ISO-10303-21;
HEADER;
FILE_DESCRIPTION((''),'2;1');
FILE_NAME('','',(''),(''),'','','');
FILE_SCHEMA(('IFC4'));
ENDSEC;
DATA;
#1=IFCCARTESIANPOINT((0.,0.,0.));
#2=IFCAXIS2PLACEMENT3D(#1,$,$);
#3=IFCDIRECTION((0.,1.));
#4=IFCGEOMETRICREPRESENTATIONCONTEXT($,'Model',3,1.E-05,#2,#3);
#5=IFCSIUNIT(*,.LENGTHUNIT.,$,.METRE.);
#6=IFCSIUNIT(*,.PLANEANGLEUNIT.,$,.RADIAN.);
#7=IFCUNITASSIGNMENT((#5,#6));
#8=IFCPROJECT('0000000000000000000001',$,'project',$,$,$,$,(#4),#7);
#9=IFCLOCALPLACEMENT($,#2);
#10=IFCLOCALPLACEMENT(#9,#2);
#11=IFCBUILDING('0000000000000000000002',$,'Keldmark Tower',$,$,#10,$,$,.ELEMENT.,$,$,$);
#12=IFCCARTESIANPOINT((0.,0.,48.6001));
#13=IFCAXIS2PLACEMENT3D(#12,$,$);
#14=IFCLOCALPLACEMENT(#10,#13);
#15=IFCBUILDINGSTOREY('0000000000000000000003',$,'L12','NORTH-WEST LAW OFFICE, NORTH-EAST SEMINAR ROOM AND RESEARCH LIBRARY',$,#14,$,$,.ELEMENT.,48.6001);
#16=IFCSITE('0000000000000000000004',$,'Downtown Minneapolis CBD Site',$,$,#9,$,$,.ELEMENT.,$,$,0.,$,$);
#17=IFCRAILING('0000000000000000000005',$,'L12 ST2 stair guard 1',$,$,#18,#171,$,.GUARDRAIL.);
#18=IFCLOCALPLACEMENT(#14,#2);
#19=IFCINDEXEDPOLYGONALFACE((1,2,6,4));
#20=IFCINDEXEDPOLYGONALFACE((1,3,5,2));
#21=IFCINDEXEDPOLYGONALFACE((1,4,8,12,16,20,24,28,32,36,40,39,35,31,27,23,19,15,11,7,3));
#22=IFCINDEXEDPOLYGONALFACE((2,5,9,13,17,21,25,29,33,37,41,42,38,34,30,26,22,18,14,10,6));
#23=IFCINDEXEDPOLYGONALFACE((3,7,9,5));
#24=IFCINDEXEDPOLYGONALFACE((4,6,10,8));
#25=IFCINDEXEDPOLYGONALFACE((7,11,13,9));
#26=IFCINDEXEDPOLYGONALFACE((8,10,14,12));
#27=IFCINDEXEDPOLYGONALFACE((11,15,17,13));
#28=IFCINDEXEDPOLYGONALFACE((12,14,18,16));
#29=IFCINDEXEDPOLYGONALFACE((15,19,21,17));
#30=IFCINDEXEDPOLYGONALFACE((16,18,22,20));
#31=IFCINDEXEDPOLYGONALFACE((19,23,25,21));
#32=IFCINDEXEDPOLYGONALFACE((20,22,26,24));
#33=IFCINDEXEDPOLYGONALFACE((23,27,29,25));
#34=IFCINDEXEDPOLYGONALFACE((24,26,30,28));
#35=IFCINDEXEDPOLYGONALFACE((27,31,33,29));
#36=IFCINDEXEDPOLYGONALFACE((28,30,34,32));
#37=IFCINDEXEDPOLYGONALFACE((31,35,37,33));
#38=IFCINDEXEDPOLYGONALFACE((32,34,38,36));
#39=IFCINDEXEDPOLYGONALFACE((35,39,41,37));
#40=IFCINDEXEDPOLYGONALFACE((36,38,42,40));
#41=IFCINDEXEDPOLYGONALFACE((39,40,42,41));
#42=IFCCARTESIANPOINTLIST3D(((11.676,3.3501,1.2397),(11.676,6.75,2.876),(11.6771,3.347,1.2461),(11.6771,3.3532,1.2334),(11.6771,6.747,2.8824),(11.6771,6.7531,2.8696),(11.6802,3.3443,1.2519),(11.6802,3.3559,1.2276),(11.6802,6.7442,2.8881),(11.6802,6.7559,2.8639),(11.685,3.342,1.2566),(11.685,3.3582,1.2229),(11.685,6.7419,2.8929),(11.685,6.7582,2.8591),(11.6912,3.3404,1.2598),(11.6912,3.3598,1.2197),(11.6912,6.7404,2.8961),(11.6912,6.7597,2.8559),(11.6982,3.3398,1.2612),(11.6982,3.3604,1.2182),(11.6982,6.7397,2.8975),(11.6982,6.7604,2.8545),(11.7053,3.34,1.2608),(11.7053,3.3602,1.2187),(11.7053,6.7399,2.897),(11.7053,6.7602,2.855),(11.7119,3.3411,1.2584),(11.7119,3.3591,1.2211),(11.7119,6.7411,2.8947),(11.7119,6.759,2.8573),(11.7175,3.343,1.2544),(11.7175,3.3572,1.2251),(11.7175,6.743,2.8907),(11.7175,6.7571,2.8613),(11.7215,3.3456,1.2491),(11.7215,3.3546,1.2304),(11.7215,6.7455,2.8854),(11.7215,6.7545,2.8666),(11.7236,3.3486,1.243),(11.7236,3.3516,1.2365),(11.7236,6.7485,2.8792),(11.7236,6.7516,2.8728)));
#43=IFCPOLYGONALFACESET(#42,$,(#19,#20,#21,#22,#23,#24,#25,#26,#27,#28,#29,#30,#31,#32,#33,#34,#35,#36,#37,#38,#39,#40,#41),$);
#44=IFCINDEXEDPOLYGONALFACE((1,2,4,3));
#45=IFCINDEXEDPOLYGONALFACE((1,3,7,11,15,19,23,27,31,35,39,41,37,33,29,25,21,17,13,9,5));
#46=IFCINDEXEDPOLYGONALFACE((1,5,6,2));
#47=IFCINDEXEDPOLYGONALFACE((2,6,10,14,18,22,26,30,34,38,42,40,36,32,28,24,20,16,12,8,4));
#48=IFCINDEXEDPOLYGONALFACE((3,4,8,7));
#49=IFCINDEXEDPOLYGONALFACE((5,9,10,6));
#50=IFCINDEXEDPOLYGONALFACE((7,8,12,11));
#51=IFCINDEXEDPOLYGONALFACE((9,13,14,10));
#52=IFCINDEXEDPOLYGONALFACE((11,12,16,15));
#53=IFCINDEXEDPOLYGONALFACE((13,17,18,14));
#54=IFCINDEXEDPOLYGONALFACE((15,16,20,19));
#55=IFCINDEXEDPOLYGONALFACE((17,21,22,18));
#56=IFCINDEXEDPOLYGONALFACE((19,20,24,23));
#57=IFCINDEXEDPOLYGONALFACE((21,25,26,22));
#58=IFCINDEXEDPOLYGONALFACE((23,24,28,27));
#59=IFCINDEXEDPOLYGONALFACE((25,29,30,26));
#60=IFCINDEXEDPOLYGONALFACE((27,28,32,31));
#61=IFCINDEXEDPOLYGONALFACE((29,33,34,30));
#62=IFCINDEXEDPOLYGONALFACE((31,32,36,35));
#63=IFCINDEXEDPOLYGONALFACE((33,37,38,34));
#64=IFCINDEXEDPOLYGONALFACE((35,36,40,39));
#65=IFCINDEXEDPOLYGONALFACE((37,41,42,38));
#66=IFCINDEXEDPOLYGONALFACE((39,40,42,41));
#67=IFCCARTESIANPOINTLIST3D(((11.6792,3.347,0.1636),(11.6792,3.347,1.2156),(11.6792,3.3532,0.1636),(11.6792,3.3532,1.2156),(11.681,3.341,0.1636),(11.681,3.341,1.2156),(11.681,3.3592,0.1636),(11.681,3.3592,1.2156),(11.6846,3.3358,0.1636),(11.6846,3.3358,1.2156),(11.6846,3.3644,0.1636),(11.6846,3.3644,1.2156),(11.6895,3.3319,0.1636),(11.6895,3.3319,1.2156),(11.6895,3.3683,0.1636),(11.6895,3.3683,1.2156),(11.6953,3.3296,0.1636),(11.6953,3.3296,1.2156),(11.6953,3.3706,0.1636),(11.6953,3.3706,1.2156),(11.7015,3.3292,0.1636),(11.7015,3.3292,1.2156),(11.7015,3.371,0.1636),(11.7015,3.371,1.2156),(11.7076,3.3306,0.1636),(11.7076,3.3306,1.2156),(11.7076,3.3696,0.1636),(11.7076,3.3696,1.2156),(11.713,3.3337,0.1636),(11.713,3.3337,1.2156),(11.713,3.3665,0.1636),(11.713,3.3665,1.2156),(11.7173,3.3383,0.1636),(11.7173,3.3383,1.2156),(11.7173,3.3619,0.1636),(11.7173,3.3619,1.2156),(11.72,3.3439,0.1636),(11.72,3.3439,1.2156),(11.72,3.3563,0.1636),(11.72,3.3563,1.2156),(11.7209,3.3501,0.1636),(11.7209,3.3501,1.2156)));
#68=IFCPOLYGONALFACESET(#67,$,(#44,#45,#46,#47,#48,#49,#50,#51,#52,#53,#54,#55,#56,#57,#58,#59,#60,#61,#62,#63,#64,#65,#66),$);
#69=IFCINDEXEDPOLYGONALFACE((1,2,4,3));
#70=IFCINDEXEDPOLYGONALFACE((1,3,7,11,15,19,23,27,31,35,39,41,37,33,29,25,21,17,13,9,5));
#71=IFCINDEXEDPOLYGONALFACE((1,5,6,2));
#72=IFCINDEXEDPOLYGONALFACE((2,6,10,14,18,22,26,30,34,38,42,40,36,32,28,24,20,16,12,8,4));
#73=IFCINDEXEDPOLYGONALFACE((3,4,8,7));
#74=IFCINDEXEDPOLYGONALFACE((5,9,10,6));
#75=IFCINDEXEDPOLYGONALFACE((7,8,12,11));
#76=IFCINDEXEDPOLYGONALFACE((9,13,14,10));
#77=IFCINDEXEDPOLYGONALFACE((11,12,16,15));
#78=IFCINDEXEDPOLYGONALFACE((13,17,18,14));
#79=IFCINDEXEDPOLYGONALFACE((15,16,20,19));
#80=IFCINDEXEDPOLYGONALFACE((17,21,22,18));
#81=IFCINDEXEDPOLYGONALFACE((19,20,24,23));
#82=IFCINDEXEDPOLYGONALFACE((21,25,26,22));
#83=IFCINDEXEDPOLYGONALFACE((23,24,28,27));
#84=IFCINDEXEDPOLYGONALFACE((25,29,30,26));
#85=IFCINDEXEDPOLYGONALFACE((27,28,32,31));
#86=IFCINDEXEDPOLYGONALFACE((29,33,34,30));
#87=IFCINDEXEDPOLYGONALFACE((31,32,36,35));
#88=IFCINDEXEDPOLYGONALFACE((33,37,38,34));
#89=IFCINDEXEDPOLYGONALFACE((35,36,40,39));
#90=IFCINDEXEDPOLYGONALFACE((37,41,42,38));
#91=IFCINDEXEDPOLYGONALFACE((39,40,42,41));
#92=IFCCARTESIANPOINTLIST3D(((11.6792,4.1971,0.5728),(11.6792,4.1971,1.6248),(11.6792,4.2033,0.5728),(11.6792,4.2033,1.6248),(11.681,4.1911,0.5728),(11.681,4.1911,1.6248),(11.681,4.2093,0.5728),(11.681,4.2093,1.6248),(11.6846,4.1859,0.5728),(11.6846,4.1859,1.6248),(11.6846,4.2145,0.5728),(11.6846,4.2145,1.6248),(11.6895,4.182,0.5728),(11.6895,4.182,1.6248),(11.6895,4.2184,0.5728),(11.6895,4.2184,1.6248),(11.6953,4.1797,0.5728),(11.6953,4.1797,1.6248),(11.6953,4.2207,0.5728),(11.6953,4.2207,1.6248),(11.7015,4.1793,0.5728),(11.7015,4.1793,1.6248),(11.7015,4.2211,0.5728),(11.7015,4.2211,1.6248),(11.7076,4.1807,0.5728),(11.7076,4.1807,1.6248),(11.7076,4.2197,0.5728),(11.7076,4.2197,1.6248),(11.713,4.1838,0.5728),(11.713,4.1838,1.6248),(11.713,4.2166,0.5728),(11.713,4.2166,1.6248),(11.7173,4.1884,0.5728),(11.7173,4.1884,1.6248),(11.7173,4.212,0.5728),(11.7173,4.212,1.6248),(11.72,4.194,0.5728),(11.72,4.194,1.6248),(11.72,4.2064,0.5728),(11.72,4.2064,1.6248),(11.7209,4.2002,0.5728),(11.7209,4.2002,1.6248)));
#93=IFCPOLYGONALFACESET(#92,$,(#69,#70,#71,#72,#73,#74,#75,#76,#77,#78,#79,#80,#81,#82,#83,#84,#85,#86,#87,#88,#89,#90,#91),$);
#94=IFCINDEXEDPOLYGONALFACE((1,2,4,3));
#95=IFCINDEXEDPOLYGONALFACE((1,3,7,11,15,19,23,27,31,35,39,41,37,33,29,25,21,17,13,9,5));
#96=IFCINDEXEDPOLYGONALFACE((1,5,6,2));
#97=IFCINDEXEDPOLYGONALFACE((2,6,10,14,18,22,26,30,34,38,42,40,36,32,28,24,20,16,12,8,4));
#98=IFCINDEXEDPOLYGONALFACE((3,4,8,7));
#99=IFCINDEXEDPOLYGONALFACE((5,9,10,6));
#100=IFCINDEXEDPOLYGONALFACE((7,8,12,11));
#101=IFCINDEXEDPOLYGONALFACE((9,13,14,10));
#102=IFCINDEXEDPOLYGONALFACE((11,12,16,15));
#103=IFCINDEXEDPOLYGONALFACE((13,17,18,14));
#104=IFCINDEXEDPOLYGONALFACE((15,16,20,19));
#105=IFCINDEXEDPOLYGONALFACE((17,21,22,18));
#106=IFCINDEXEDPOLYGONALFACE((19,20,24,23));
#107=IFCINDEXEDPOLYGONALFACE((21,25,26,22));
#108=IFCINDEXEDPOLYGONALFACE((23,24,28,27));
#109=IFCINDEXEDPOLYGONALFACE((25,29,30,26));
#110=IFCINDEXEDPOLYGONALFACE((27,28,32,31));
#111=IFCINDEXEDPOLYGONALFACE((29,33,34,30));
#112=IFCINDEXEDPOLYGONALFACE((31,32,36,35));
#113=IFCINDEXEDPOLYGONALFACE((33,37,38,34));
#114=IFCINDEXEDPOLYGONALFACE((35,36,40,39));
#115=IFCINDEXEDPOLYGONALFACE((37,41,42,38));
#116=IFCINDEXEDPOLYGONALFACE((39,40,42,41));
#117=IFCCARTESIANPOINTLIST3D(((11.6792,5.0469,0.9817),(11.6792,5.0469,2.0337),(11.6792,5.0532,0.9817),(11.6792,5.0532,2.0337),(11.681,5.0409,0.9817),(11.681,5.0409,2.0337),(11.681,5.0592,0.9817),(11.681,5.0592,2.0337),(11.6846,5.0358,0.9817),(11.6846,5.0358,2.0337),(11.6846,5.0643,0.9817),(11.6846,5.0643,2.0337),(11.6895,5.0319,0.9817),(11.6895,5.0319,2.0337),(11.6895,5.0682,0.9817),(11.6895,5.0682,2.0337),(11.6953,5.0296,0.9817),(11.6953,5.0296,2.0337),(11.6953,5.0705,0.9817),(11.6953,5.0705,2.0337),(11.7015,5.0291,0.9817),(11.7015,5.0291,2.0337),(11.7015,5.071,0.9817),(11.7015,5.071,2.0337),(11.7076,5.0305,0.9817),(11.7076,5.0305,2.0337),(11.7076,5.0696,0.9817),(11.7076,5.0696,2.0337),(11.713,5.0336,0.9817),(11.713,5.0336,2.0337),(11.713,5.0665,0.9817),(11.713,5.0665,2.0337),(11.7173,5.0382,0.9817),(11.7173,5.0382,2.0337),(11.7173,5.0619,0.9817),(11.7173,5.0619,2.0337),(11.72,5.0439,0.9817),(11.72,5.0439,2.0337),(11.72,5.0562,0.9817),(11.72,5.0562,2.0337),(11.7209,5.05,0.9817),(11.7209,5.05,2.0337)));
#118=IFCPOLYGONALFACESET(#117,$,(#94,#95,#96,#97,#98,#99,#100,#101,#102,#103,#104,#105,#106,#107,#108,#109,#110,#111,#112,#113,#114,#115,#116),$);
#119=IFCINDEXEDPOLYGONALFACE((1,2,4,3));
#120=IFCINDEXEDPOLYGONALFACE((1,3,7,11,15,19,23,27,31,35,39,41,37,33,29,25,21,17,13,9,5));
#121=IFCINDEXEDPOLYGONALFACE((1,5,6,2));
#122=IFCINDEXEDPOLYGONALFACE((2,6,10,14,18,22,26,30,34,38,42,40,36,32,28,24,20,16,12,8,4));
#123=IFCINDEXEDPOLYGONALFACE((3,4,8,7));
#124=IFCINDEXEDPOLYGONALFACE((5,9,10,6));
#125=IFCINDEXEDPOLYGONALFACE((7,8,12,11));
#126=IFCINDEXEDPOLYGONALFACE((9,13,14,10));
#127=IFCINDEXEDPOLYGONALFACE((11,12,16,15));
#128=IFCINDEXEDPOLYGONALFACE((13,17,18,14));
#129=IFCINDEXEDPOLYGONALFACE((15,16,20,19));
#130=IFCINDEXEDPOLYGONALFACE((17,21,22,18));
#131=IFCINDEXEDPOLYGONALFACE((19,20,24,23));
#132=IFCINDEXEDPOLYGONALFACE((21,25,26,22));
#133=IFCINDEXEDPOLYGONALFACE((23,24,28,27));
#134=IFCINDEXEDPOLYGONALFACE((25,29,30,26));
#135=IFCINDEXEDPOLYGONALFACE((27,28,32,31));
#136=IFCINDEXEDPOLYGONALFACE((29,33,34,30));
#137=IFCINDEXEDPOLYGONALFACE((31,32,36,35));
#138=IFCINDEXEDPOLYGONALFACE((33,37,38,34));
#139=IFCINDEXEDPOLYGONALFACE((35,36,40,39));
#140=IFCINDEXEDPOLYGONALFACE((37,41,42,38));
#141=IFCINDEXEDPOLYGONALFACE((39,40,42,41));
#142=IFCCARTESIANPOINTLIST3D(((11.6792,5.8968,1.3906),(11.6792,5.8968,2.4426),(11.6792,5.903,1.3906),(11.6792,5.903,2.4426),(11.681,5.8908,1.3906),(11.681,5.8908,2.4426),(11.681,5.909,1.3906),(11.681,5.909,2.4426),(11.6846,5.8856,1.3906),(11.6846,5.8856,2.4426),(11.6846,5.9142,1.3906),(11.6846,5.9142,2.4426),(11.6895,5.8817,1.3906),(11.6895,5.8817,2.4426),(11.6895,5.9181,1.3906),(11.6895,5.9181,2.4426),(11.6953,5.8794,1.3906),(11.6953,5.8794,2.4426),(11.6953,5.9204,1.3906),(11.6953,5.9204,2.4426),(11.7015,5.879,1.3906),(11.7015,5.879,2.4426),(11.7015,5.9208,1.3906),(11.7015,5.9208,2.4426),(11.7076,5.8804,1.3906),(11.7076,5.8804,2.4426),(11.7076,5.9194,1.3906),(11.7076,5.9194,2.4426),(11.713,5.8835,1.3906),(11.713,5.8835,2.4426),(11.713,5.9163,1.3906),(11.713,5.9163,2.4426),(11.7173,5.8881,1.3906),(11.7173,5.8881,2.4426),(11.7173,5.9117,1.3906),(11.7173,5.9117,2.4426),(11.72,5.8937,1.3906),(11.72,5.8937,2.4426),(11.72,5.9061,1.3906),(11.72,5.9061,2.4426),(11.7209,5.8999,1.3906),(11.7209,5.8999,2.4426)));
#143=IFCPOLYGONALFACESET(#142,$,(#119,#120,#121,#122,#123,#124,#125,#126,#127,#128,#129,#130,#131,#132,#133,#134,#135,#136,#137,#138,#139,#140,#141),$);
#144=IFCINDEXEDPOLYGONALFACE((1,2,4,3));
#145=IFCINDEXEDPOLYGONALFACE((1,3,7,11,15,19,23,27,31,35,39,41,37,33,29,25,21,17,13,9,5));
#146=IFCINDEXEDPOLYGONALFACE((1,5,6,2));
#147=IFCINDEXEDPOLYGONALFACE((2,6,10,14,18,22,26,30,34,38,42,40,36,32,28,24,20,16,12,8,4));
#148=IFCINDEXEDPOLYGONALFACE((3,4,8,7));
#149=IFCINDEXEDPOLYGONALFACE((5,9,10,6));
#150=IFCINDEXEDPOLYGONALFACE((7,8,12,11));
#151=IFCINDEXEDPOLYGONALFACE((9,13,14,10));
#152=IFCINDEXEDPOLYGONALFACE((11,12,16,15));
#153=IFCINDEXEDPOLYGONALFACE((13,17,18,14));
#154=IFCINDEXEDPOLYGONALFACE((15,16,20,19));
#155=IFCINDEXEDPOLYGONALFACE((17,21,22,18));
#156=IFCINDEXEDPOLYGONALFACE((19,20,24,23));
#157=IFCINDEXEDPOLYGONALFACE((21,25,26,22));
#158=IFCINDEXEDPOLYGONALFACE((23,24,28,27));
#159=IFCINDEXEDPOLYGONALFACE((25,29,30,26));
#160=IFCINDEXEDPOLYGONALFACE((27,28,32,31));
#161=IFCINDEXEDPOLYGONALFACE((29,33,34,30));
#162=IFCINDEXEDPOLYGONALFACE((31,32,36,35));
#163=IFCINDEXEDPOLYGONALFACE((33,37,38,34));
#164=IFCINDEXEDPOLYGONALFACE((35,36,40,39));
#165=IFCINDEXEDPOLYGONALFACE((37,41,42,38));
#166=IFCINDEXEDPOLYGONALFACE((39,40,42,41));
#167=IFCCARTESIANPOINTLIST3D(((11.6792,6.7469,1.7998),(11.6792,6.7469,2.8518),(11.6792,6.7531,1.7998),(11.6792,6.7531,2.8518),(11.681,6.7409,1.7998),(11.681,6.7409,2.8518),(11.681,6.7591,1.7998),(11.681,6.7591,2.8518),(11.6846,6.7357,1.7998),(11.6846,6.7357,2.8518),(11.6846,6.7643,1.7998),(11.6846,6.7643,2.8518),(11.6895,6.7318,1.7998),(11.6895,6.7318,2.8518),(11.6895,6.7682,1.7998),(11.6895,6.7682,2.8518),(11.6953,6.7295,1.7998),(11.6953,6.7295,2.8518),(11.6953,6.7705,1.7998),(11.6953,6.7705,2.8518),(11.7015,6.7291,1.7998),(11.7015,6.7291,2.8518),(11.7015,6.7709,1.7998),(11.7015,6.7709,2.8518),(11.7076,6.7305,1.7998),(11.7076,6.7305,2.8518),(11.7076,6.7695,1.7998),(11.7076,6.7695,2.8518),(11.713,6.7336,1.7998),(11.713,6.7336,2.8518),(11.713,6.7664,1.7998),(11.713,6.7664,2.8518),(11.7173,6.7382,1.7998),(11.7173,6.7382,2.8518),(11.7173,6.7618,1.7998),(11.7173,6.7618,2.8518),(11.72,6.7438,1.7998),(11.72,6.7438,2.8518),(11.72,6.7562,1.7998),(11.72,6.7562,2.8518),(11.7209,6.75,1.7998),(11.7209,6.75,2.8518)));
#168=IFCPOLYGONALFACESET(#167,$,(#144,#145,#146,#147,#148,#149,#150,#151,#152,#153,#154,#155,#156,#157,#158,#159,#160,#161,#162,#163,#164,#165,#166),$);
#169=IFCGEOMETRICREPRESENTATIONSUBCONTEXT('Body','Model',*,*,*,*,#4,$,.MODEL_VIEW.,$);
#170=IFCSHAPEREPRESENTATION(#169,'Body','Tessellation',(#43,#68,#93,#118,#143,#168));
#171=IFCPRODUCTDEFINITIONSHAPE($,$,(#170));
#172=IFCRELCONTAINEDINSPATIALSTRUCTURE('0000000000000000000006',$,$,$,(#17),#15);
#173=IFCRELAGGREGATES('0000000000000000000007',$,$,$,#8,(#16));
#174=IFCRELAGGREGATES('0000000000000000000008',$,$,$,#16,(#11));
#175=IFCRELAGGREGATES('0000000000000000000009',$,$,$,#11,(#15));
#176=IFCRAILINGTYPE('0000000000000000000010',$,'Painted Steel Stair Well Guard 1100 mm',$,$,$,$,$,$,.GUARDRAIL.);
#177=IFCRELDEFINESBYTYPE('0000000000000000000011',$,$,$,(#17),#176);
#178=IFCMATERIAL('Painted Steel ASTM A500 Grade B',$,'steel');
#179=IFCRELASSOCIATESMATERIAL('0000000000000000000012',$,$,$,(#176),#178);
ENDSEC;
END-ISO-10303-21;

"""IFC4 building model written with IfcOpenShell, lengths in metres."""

from ifc_helpers import new_model, si_unit, direction, frame, origin, origin_2d, place, context, subcontext, project, spatial, circle, extrude, material, type_object, element, save


model = new_model("IFC4")

# Units and contexts
model_context = context("Model", 3, precision=1e-05, world=origin(), true_north=direction((0.0, 1.0)))
body_context = subcontext(model_context, "Body", "Model", "MODEL_VIEW")
ifc_project = project(units=[si_unit("LENGTHUNIT", "METRE"), si_unit("PLANEANGLEUNIT", "RADIAN")], contexts=[model_context])

# Site, building, storey
site_placement = place(None, origin())
site = spatial("IfcSite", under=ifc_project, at=site_placement, Name="Downtown Minneapolis CBD Site", CompositionType="ELEMENT", RefElevation=0.0)
building_placement = place(site_placement, origin())
building = spatial("IfcBuilding", under=site, at=building_placement, Name="Keldmark Tower", CompositionType="ELEMENT")
storey_placement = place(building_placement, frame((0.0, 0.0, 48.6001)))
storey = spatial("IfcBuildingStorey", under=building, at=storey_placement, Name="L12", Description="NORTH-WEST LAW OFFICE, NORTH-EAST SEMINAR ROOM AND RESEARCH LIBRARY", CompositionType="ELEMENT", Elevation=48.6001)

# Railing
ifc_material_1 = material(Name="Painted Steel ASTM A500 Grade B", Category="steel")
railing_type_1 = type_object("IfcRailingType", Name="Painted Steel Stair Well Guard 1100 mm", PredefinedType="GUARDRAIL", material=ifc_material_1)
railing_1_placement = place(storey_placement, frame((11.7, 3.3501, 0.1636)))
element("IfcRailing", 1, at=railing_1_placement, inside=storey, type_object=railing_type_1, Name="L12 ST2 stair guard 1", PredefinedType="GUARDRAIL", context=body_context, shape_type="SweptSolid", body=[
    extrude(circle(Radius=0.0239, at=origin_2d()), frame((0.0, 0.0, 1.0762), z_axis=(0.0, 0.90108, 0.433652), x_axis=(-1.0, 0.0, 0.0)), (0.0, 0.0, 1.0), 3.7732),
    extrude(circle(Radius=0.021, at=origin_2d()), origin(), (0.0, 0.0, 1.0), 1.052),
    extrude(circle(Radius=0.021, at=origin_2d()), frame((0.0, 0.8501, 0.4092)), (0.0, 0.0, 1.0), 1.052),
    extrude(circle(Radius=0.021, at=origin_2d()), frame((0.0, 1.7, 0.8181)), (0.0, 0.0, 1.0), 1.052),
    extrude(circle(Radius=0.021, at=origin_2d()), frame((0.0, 2.5498, 1.2271)), (0.0, 0.0, 1.0), 1.052),
    extrude(circle(Radius=0.021, at=origin_2d()), frame((0.0, 3.3999, 1.6362)), (0.0, 0.0, 1.0), 1.052),
])

save(model, "model.ifc")
